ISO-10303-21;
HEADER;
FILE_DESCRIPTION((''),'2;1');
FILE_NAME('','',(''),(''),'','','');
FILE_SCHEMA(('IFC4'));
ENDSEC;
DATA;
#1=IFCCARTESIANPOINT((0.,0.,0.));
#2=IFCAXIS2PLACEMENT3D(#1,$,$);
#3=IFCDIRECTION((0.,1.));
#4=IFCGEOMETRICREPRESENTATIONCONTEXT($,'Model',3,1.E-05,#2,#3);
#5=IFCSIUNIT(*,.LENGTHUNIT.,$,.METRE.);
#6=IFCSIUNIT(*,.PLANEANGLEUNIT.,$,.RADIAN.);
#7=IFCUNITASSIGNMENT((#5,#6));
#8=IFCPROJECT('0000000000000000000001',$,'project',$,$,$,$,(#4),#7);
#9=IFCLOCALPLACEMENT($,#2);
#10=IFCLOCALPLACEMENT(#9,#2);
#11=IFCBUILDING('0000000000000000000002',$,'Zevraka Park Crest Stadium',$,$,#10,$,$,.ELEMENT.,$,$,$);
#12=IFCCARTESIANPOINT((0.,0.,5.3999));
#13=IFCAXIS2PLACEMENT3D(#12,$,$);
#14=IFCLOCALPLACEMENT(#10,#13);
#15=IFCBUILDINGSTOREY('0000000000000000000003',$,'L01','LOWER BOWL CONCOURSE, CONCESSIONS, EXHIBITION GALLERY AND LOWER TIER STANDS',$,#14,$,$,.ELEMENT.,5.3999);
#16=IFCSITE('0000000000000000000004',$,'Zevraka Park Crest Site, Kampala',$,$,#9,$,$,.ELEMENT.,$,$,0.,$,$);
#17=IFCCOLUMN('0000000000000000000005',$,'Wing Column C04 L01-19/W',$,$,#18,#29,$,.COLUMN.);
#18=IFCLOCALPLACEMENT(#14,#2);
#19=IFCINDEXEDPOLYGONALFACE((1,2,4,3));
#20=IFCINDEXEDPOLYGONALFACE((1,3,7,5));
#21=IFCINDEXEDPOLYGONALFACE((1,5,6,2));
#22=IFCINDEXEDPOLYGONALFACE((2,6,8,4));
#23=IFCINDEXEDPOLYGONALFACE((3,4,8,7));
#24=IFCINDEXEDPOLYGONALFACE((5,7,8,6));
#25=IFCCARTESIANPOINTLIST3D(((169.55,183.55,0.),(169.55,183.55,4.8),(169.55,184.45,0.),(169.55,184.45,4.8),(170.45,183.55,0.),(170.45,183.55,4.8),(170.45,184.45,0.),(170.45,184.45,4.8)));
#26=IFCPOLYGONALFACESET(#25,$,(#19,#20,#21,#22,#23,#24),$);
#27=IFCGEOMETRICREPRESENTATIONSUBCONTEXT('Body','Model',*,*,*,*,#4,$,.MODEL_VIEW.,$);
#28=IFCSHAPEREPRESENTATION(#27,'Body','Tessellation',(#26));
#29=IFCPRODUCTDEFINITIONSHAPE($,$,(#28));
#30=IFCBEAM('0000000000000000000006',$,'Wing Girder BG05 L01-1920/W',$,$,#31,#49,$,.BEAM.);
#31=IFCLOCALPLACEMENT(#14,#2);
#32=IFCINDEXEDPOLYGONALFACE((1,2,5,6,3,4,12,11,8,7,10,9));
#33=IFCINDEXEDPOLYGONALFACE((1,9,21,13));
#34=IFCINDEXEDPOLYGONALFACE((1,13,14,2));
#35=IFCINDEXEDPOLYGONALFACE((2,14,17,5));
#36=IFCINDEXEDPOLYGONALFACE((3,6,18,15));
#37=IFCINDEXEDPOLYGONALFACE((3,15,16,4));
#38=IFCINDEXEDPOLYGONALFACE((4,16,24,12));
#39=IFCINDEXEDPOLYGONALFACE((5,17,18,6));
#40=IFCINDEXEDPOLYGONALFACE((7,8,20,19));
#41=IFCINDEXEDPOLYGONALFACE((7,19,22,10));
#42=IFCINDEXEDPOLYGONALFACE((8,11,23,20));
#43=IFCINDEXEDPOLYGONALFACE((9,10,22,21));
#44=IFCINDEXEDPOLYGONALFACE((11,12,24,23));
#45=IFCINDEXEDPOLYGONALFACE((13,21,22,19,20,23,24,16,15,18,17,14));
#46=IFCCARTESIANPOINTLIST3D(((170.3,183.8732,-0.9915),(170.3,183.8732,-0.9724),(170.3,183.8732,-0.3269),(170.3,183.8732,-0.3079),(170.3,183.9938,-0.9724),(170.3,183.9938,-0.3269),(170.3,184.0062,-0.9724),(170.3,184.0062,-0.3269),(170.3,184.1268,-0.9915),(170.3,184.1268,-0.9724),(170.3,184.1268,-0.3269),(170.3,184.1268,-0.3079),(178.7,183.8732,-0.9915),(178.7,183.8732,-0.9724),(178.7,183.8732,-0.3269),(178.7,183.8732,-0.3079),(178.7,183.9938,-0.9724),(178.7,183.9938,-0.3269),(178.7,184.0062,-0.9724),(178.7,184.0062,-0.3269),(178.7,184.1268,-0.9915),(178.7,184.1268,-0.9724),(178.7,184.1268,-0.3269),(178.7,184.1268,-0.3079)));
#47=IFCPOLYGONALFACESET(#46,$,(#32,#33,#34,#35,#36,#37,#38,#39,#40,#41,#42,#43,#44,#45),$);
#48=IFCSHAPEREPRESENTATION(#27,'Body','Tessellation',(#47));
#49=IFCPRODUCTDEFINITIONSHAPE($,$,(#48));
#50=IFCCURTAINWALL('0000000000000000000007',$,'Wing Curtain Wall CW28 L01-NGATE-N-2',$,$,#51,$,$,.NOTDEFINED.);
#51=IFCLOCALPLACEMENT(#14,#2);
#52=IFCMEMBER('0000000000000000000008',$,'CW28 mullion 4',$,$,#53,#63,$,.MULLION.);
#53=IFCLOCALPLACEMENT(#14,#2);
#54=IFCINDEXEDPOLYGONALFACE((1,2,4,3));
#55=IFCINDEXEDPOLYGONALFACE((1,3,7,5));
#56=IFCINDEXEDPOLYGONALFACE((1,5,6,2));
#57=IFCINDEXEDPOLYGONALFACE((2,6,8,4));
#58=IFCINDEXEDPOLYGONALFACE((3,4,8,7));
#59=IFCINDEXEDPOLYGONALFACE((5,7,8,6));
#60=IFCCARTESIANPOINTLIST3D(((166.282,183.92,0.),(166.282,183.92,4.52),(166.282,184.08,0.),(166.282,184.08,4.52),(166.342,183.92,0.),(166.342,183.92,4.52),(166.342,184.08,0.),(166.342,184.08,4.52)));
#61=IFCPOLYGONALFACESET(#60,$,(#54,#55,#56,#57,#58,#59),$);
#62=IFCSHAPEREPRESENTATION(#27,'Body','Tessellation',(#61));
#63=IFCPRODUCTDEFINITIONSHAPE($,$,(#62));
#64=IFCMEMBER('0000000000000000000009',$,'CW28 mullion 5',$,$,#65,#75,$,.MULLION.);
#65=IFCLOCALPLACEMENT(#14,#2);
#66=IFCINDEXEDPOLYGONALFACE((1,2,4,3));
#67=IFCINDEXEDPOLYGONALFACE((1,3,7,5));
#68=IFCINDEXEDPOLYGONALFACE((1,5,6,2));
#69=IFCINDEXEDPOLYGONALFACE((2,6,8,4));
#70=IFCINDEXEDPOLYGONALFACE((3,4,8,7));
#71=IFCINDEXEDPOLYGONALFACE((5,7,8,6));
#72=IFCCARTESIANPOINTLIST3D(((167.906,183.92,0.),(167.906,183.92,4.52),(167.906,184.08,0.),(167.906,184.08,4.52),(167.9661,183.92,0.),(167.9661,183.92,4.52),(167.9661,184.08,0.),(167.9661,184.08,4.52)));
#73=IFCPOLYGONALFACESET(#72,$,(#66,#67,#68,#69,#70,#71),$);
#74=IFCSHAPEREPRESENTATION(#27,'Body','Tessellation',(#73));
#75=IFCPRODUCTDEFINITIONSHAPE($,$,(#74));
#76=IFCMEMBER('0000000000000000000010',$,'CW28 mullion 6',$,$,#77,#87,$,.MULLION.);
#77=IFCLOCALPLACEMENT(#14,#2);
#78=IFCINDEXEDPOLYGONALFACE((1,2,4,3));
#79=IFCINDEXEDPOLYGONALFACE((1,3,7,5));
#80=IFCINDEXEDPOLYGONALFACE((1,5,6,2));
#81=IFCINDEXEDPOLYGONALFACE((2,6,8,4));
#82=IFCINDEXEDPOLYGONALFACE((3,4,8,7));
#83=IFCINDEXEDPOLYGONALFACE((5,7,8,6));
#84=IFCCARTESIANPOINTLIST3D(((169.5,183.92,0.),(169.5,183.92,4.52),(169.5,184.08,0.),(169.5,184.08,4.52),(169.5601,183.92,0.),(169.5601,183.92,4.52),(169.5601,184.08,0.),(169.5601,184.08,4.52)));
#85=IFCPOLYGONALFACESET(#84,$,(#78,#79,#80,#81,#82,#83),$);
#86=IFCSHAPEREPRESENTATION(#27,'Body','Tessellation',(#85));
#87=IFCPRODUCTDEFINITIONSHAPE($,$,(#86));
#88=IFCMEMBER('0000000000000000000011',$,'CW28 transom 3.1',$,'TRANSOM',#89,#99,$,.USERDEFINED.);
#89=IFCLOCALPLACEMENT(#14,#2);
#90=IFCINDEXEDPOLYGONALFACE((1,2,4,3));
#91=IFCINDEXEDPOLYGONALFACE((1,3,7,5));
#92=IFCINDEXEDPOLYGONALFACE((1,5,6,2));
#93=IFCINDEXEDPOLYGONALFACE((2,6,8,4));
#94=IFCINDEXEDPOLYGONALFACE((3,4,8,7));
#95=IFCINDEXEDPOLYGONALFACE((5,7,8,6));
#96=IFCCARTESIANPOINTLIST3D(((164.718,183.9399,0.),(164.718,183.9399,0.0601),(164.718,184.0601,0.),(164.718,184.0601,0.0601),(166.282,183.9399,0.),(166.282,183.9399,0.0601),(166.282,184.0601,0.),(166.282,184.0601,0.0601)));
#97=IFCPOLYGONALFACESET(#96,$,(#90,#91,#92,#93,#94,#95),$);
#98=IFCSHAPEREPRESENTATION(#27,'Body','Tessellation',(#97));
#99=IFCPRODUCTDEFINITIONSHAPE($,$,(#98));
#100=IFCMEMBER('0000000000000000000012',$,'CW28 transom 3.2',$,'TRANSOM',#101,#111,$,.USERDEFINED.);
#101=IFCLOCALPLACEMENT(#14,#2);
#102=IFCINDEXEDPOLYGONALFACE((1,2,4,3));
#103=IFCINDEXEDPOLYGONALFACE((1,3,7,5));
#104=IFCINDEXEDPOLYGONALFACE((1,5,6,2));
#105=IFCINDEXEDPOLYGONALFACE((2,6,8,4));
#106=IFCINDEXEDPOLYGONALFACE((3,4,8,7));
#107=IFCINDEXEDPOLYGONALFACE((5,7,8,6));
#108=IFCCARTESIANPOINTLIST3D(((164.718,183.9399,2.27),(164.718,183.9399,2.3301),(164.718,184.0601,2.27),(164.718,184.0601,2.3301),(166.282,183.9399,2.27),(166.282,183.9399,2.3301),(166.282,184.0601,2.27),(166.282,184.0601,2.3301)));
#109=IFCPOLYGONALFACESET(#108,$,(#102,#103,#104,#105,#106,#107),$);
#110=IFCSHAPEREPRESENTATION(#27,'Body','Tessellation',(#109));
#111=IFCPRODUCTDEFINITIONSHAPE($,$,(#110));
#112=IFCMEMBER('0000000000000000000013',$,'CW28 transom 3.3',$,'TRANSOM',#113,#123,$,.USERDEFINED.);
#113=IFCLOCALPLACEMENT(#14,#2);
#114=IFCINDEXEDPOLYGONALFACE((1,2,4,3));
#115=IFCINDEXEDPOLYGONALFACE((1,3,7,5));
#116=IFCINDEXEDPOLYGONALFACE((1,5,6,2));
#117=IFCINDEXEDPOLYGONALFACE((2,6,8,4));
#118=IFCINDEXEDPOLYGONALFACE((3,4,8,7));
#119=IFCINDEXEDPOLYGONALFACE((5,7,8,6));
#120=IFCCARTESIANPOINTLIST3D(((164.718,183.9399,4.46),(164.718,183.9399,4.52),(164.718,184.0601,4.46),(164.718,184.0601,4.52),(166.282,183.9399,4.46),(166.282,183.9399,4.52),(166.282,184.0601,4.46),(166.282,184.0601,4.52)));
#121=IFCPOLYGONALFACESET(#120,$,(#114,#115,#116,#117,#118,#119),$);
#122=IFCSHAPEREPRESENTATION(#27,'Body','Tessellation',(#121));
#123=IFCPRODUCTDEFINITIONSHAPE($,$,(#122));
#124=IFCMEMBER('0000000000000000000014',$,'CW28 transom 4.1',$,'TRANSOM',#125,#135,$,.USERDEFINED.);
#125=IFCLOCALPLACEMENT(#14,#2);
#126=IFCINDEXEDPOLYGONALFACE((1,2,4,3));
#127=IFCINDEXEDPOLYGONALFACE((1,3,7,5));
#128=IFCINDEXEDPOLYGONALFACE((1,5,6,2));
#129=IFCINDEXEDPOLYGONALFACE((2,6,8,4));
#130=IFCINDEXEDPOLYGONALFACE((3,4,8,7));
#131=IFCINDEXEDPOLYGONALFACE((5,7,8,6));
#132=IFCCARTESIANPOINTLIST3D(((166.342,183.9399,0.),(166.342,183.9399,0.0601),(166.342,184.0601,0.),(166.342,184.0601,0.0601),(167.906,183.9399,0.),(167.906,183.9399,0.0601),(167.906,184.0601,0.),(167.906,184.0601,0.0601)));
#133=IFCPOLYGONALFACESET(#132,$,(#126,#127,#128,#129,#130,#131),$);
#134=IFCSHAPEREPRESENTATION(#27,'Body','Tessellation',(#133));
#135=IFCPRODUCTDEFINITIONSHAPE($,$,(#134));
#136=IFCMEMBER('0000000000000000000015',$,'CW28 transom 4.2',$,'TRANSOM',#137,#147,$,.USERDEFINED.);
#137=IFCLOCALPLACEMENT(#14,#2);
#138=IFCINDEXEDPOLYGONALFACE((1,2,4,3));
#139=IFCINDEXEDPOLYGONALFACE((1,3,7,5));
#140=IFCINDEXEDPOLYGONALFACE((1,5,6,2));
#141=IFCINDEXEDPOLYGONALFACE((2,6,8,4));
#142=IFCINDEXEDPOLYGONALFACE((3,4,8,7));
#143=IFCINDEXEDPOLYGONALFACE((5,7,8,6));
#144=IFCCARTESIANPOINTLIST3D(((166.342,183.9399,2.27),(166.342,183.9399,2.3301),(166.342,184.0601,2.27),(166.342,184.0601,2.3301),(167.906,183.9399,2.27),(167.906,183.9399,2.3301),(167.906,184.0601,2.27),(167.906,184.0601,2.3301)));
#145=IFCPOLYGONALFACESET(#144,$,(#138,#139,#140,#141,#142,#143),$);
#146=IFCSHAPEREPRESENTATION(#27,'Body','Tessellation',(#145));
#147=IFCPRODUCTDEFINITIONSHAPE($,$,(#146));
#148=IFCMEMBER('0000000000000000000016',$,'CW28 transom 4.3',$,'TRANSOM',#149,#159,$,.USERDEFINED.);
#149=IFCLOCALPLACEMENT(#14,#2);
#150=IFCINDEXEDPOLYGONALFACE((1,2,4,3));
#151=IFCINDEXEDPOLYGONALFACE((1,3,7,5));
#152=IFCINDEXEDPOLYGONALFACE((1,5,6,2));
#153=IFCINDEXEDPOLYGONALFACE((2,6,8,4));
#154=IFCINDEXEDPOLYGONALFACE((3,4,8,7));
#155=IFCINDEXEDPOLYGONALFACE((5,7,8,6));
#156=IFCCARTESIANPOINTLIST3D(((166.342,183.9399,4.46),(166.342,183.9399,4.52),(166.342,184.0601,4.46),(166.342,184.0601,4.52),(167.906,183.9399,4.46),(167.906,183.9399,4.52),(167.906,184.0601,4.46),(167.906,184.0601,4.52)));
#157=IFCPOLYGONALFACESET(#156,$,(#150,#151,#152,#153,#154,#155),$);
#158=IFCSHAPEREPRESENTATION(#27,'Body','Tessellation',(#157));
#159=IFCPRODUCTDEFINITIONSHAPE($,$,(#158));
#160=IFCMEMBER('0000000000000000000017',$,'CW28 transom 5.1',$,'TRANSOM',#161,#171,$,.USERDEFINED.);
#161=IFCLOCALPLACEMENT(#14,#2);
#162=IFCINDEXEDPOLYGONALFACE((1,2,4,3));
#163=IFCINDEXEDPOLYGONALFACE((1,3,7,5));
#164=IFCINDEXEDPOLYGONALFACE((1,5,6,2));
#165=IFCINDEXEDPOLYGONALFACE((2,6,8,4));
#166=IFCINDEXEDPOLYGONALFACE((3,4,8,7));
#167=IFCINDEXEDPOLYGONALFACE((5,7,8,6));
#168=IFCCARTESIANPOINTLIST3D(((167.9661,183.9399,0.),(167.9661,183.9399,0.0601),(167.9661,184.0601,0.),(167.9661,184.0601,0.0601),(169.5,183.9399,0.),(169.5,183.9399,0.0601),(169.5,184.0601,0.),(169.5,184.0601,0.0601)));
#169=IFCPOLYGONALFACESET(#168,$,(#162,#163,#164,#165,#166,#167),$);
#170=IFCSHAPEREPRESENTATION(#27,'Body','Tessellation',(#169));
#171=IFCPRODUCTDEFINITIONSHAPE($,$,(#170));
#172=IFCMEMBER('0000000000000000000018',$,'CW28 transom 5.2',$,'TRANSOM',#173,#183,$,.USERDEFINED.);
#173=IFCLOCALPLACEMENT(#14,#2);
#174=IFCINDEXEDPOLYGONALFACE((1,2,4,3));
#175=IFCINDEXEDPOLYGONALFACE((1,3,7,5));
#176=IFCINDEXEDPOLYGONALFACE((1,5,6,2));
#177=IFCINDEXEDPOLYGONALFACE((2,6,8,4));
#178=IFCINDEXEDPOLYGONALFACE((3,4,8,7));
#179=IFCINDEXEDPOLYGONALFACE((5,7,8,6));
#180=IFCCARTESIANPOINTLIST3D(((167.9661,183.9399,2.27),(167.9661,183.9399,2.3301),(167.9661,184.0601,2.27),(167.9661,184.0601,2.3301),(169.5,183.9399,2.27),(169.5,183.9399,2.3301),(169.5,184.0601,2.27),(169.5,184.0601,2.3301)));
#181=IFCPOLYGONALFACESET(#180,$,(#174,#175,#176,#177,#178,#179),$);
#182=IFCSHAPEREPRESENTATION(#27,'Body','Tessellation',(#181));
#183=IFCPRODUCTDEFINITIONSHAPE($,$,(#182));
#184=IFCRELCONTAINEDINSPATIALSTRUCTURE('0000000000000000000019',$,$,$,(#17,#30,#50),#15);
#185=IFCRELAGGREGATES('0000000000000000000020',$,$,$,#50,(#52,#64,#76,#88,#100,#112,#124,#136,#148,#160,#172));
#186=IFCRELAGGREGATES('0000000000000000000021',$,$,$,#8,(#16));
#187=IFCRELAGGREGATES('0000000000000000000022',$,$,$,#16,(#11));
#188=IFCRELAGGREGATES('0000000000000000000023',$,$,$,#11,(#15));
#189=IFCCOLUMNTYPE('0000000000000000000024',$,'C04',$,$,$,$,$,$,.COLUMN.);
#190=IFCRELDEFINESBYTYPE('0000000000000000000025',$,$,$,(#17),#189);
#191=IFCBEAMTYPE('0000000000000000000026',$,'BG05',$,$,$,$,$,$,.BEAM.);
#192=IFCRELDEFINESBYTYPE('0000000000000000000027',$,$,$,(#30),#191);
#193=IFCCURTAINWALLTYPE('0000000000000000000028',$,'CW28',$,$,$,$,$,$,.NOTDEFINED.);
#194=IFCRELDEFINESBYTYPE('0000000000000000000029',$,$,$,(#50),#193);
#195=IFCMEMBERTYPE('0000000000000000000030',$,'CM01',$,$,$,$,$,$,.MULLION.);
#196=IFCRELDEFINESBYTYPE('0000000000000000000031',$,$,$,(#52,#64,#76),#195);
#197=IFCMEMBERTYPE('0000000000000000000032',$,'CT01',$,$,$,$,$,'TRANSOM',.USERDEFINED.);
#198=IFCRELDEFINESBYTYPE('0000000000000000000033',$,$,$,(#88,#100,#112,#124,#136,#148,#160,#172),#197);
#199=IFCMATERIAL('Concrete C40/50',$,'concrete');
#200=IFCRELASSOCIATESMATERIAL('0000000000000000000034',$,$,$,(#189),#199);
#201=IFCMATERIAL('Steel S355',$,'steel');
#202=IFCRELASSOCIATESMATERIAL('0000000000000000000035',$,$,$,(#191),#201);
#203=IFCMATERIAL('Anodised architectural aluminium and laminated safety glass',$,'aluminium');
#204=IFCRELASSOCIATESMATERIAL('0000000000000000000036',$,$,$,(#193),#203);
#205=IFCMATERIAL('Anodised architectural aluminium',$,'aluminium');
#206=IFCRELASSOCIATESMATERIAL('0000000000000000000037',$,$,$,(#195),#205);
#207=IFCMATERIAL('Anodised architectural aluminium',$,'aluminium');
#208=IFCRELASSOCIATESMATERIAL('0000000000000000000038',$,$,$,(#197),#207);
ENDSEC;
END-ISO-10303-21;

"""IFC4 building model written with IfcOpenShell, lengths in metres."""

from ifc_helpers import new_model, si_unit, direction, frame, origin, origin_2d, place, context, subcontext, project, spatial, rectangle, i_section, extrude, material, material_profile, profile_set, type_object, element, aggregate, save


model = new_model("IFC4")

# Units and contexts
model_context = context("Model", 3, precision=1e-05, world=origin(), true_north=direction((0.0, 1.0)))
body_context = subcontext(model_context, "Body", "Model", "MODEL_VIEW")
ifc_project = project(units=[si_unit("LENGTHUNIT", "METRE"), si_unit("PLANEANGLEUNIT", "RADIAN")], contexts=[model_context])

# Site, building, storey
site_placement = place(None, origin())
site = spatial("IfcSite", under=ifc_project, at=site_placement, Name="Zevraka Park Crest Site, Kampala", CompositionType="ELEMENT", RefElevation=0.0)
building_placement = place(site_placement, origin())
building = spatial("IfcBuilding", under=site, at=building_placement, Name="Zevraka Park Crest Stadium", CompositionType="ELEMENT")
storey_placement = place(building_placement, frame((0.0, 0.0, 5.3999)))
storey = spatial("IfcBuildingStorey", under=building, at=storey_placement, Name="L01", Description="LOWER BOWL CONCOURSE, CONCESSIONS, EXHIBITION GALLERY AND LOWER TIER STANDS", CompositionType="ELEMENT", Elevation=5.3999)

# Column
ifc_material_1 = material(Name="Concrete C40/50", Category="concrete")
ifc_material_profile_1 = material_profile(ifc_material_1, rectangle(XDim=0.8999, YDim=0.8999, at=origin_2d()), Name="RC 900x900")
ifc_profile_set_1 = profile_set([ifc_material_profile_1], Name="Concrete C40/50")
column_type = type_object("IfcColumnType", Name="C04", PredefinedType="COLUMN", material=ifc_profile_set_1)
column_placement = place(storey_placement, frame((170.0, 184.0, 0.0), z_axis=(0.0, 0.0, 1.0), x_axis=(1.0, 0.0, 0.0)))
element("IfcColumn", 1, at=column_placement, inside=storey, type_object=column_type, Name="Wing Column C04 L01-19/W", PredefinedType="COLUMN", context=body_context, shape_type="SweptSolid", body=[
    extrude(rectangle(XDim=0.8999, YDim=0.8999, at=origin_2d()), origin(), (0.0, 0.0, 1.0), 4.8),
])

# Beam
ifc_material_2 = material(Name="Steel S355", Category="steel")
ifc_material_profile_2 = material_profile(ifc_material_2, i_section(OverallWidth=0.2537, OverallDepth=0.6836, WebThickness=0.0125, FlangeThickness=0.019, at=origin_2d()), Name="UKB 686x254x140")
ifc_profile_set_2 = profile_set([ifc_material_profile_2], Name="Steel S355")
beam_type = type_object("IfcBeamType", Name="BG05", PredefinedType="BEAM", material=ifc_profile_set_2)
beam_placement = place(storey_placement, frame((170.3, 184.0, -0.6497), z_axis=(1.0, 0.0, 0.0), x_axis=(0.0, 1.0, 0.0)))
element("IfcBeam", 2, at=beam_placement, inside=storey, type_object=beam_type, Name="Wing Girder BG05 L01-1920/W", PredefinedType="BEAM", context=body_context, shape_type="SweptSolid", body=[
    extrude(i_section(OverallWidth=0.2537, OverallDepth=0.6836, WebThickness=0.0125, FlangeThickness=0.019, at=origin_2d()), origin(), (0.0, 0.0, 1.0), 8.3999),
])

# Curtain wall, members
ifc_material_3 = material(Name="Anodised architectural aluminium and laminated safety glass", Category="aluminium")
curtain_wall_type = type_object("IfcCurtainWallType", Name="CW28", PredefinedType="NOTDEFINED", material=ifc_material_3)
curtain_wall_placement = place(storey_placement, origin())
curtain_wall = element("IfcCurtainWall", 3, at=curtain_wall_placement, inside=storey, type_object=curtain_wall_type, Name="Wing Curtain Wall CW28 L01-NGATE-N-2", PredefinedType="NOTDEFINED")
ifc_material_4 = material(Name="Anodised architectural aluminium", Category="aluminium")
ifc_material_profile_3 = material_profile(ifc_material_4, rectangle(XDim=0.1599, YDim=0.0601, at=origin_2d()), Name="ALU MULLION 160x60")
ifc_profile_set_3 = profile_set([ifc_material_profile_3], Name="Anodised architectural aluminium")
member_type_1 = type_object("IfcMemberType", Name="CM01", PredefinedType="MULLION", material=ifc_profile_set_3)
member_1_placement = place(storey_placement, frame((166.312, 184.0, 0.0), z_axis=(0.0, 0.0, 1.0), x_axis=(0.0, 1.0, 0.0)))
member_1 = element("IfcMember", 4, at=member_1_placement, type_object=member_type_1, Name="CW28 mullion 4", PredefinedType="MULLION", context=body_context, shape_type="SweptSolid", body=[
    extrude(rectangle(XDim=0.1599, YDim=0.0601, at=origin_2d()), origin(), (0.0, 0.0, 1.0), 4.52),
])
member_2_placement = place(storey_placement, frame((167.936, 184.0, 0.0), z_axis=(0.0, 0.0, 1.0), x_axis=(0.0, 1.0, 0.0)))
member_2 = element("IfcMember", 5, at=member_2_placement, type_object=member_type_1, Name="CW28 mullion 5", PredefinedType="MULLION", context=body_context, shape_type="SweptSolid", body=[
    extrude(rectangle(XDim=0.1599, YDim=0.0601, at=origin_2d()), origin(), (0.0, 0.0, 1.0), 4.52),
])
member_3_placement = place(storey_placement, frame((169.53, 184.0, 0.0), z_axis=(0.0, 0.0, 1.0), x_axis=(0.0, 1.0, 0.0)))
member_3 = element("IfcMember", 6, at=member_3_placement, type_object=member_type_1, Name="CW28 mullion 6", PredefinedType="MULLION", context=body_context, shape_type="SweptSolid", body=[
    extrude(rectangle(XDim=0.1599, YDim=0.0601, at=origin_2d()), origin(), (0.0, 0.0, 1.0), 4.52),
])
ifc_material_5 = material(Name="Anodised architectural aluminium", Category="aluminium")
ifc_material_profile_4 = material_profile(ifc_material_5, rectangle(XDim=0.1201, YDim=0.0601, at=origin_2d()), Name="ALU TRANSOM 120x60")
ifc_profile_set_4 = profile_set([ifc_material_profile_4], Name="Anodised architectural aluminium")
member_type_2 = type_object("IfcMemberType", Name="CT01", ElementType="TRANSOM", PredefinedType="USERDEFINED", material=ifc_profile_set_4)
member_4_placement = place(storey_placement, frame((164.718, 184.0, 0.03), z_axis=(1.0, 0.0, 0.0), x_axis=(0.0, 1.0, 0.0)))
member_4 = element("IfcMember", 7, at=member_4_placement, type_object=member_type_2, Name="CW28 transom 3.1", ObjectType="TRANSOM", PredefinedType="USERDEFINED", context=body_context, shape_type="SweptSolid", body=[
    extrude(rectangle(XDim=0.1201, YDim=0.0601, at=origin_2d()), origin(), (0.0, 0.0, 1.0), 1.564),
])
member_5_placement = place(storey_placement, frame((164.718, 184.0, 2.3), z_axis=(1.0, 0.0, 0.0), x_axis=(0.0, 1.0, 0.0)))
member_5 = element("IfcMember", 8, at=member_5_placement, type_object=member_type_2, Name="CW28 transom 3.2", ObjectType="TRANSOM", PredefinedType="USERDEFINED", context=body_context, shape_type="SweptSolid", body=[
    extrude(rectangle(XDim=0.1201, YDim=0.0601, at=origin_2d()), origin(), (0.0, 0.0, 1.0), 1.564),
])
member_6_placement = place(storey_placement, frame((164.718, 184.0, 4.49), z_axis=(1.0, 0.0, 0.0), x_axis=(0.0, 1.0, 0.0)))
member_6 = element("IfcMember", 9, at=member_6_placement, type_object=member_type_2, Name="CW28 transom 3.3", ObjectType="TRANSOM", PredefinedType="USERDEFINED", context=body_context, shape_type="SweptSolid", body=[
    extrude(rectangle(XDim=0.1201, YDim=0.0601, at=origin_2d()), origin(), (0.0, 0.0, 1.0), 1.564),
])
member_7_placement = place(storey_placement, frame((166.342, 184.0, 0.03), z_axis=(1.0, 0.0, 0.0), x_axis=(0.0, 1.0, 0.0)))
member_7 = element("IfcMember", 10, at=member_7_placement, type_object=member_type_2, Name="CW28 transom 4.1", ObjectType="TRANSOM", PredefinedType="USERDEFINED", context=body_context, shape_type="SweptSolid", body=[
    extrude(rectangle(XDim=0.1201, YDim=0.0601, at=origin_2d()), origin(), (0.0, 0.0, 1.0), 1.564),
])
member_8_placement = place(storey_placement, frame((166.342, 184.0, 2.3), z_axis=(1.0, 0.0, 0.0), x_axis=(0.0, 1.0, 0.0)))
member_8 = element("IfcMember", 11, at=member_8_placement, type_object=member_type_2, Name="CW28 transom 4.2", ObjectType="TRANSOM", PredefinedType="USERDEFINED", context=body_context, shape_type="SweptSolid", body=[
    extrude(rectangle(XDim=0.1201, YDim=0.0601, at=origin_2d()), origin(), (0.0, 0.0, 1.0), 1.564),
])
member_9_placement = place(storey_placement, frame((166.342, 184.0, 4.49), z_axis=(1.0, 0.0, 0.0), x_axis=(0.0, 1.0, 0.0)))
member_9 = element("IfcMember", 12, at=member_9_placement, type_object=member_type_2, Name="CW28 transom 4.3", ObjectType="TRANSOM", PredefinedType="USERDEFINED", context=body_context, shape_type="SweptSolid", body=[
    extrude(rectangle(XDim=0.1201, YDim=0.0601, at=origin_2d()), origin(), (0.0, 0.0, 1.0), 1.564),
])
member_10_placement = place(storey_placement, frame((167.9661, 184.0, 0.03), z_axis=(1.0, 0.0, 0.0), x_axis=(0.0, 1.0, 0.0)))
member_10 = element("IfcMember", 13, at=member_10_placement, type_object=member_type_2, Name="CW28 transom 5.1", ObjectType="TRANSOM", PredefinedType="USERDEFINED", context=body_context, shape_type="SweptSolid", body=[
    extrude(rectangle(XDim=0.1201, YDim=0.0601, at=origin_2d()), origin(), (0.0, 0.0, 1.0), 1.5339),
])
member_11_placement = place(storey_placement, frame((167.9661, 184.0, 2.3), z_axis=(1.0, 0.0, 0.0), x_axis=(0.0, 1.0, 0.0)))
member_11 = element("IfcMember", 14, at=member_11_placement, type_object=member_type_2, Name="CW28 transom 5.2", ObjectType="TRANSOM", PredefinedType="USERDEFINED", context=body_context, shape_type="SweptSolid", body=[
    extrude(rectangle(XDim=0.1201, YDim=0.0601, at=origin_2d()), origin(), (0.0, 0.0, 1.0), 1.5339),
])
aggregate(curtain_wall, [member_1, member_2, member_3, member_4, member_5, member_6, member_7, member_8, member_9, member_10, member_11])

save(model, "model.ifc")
